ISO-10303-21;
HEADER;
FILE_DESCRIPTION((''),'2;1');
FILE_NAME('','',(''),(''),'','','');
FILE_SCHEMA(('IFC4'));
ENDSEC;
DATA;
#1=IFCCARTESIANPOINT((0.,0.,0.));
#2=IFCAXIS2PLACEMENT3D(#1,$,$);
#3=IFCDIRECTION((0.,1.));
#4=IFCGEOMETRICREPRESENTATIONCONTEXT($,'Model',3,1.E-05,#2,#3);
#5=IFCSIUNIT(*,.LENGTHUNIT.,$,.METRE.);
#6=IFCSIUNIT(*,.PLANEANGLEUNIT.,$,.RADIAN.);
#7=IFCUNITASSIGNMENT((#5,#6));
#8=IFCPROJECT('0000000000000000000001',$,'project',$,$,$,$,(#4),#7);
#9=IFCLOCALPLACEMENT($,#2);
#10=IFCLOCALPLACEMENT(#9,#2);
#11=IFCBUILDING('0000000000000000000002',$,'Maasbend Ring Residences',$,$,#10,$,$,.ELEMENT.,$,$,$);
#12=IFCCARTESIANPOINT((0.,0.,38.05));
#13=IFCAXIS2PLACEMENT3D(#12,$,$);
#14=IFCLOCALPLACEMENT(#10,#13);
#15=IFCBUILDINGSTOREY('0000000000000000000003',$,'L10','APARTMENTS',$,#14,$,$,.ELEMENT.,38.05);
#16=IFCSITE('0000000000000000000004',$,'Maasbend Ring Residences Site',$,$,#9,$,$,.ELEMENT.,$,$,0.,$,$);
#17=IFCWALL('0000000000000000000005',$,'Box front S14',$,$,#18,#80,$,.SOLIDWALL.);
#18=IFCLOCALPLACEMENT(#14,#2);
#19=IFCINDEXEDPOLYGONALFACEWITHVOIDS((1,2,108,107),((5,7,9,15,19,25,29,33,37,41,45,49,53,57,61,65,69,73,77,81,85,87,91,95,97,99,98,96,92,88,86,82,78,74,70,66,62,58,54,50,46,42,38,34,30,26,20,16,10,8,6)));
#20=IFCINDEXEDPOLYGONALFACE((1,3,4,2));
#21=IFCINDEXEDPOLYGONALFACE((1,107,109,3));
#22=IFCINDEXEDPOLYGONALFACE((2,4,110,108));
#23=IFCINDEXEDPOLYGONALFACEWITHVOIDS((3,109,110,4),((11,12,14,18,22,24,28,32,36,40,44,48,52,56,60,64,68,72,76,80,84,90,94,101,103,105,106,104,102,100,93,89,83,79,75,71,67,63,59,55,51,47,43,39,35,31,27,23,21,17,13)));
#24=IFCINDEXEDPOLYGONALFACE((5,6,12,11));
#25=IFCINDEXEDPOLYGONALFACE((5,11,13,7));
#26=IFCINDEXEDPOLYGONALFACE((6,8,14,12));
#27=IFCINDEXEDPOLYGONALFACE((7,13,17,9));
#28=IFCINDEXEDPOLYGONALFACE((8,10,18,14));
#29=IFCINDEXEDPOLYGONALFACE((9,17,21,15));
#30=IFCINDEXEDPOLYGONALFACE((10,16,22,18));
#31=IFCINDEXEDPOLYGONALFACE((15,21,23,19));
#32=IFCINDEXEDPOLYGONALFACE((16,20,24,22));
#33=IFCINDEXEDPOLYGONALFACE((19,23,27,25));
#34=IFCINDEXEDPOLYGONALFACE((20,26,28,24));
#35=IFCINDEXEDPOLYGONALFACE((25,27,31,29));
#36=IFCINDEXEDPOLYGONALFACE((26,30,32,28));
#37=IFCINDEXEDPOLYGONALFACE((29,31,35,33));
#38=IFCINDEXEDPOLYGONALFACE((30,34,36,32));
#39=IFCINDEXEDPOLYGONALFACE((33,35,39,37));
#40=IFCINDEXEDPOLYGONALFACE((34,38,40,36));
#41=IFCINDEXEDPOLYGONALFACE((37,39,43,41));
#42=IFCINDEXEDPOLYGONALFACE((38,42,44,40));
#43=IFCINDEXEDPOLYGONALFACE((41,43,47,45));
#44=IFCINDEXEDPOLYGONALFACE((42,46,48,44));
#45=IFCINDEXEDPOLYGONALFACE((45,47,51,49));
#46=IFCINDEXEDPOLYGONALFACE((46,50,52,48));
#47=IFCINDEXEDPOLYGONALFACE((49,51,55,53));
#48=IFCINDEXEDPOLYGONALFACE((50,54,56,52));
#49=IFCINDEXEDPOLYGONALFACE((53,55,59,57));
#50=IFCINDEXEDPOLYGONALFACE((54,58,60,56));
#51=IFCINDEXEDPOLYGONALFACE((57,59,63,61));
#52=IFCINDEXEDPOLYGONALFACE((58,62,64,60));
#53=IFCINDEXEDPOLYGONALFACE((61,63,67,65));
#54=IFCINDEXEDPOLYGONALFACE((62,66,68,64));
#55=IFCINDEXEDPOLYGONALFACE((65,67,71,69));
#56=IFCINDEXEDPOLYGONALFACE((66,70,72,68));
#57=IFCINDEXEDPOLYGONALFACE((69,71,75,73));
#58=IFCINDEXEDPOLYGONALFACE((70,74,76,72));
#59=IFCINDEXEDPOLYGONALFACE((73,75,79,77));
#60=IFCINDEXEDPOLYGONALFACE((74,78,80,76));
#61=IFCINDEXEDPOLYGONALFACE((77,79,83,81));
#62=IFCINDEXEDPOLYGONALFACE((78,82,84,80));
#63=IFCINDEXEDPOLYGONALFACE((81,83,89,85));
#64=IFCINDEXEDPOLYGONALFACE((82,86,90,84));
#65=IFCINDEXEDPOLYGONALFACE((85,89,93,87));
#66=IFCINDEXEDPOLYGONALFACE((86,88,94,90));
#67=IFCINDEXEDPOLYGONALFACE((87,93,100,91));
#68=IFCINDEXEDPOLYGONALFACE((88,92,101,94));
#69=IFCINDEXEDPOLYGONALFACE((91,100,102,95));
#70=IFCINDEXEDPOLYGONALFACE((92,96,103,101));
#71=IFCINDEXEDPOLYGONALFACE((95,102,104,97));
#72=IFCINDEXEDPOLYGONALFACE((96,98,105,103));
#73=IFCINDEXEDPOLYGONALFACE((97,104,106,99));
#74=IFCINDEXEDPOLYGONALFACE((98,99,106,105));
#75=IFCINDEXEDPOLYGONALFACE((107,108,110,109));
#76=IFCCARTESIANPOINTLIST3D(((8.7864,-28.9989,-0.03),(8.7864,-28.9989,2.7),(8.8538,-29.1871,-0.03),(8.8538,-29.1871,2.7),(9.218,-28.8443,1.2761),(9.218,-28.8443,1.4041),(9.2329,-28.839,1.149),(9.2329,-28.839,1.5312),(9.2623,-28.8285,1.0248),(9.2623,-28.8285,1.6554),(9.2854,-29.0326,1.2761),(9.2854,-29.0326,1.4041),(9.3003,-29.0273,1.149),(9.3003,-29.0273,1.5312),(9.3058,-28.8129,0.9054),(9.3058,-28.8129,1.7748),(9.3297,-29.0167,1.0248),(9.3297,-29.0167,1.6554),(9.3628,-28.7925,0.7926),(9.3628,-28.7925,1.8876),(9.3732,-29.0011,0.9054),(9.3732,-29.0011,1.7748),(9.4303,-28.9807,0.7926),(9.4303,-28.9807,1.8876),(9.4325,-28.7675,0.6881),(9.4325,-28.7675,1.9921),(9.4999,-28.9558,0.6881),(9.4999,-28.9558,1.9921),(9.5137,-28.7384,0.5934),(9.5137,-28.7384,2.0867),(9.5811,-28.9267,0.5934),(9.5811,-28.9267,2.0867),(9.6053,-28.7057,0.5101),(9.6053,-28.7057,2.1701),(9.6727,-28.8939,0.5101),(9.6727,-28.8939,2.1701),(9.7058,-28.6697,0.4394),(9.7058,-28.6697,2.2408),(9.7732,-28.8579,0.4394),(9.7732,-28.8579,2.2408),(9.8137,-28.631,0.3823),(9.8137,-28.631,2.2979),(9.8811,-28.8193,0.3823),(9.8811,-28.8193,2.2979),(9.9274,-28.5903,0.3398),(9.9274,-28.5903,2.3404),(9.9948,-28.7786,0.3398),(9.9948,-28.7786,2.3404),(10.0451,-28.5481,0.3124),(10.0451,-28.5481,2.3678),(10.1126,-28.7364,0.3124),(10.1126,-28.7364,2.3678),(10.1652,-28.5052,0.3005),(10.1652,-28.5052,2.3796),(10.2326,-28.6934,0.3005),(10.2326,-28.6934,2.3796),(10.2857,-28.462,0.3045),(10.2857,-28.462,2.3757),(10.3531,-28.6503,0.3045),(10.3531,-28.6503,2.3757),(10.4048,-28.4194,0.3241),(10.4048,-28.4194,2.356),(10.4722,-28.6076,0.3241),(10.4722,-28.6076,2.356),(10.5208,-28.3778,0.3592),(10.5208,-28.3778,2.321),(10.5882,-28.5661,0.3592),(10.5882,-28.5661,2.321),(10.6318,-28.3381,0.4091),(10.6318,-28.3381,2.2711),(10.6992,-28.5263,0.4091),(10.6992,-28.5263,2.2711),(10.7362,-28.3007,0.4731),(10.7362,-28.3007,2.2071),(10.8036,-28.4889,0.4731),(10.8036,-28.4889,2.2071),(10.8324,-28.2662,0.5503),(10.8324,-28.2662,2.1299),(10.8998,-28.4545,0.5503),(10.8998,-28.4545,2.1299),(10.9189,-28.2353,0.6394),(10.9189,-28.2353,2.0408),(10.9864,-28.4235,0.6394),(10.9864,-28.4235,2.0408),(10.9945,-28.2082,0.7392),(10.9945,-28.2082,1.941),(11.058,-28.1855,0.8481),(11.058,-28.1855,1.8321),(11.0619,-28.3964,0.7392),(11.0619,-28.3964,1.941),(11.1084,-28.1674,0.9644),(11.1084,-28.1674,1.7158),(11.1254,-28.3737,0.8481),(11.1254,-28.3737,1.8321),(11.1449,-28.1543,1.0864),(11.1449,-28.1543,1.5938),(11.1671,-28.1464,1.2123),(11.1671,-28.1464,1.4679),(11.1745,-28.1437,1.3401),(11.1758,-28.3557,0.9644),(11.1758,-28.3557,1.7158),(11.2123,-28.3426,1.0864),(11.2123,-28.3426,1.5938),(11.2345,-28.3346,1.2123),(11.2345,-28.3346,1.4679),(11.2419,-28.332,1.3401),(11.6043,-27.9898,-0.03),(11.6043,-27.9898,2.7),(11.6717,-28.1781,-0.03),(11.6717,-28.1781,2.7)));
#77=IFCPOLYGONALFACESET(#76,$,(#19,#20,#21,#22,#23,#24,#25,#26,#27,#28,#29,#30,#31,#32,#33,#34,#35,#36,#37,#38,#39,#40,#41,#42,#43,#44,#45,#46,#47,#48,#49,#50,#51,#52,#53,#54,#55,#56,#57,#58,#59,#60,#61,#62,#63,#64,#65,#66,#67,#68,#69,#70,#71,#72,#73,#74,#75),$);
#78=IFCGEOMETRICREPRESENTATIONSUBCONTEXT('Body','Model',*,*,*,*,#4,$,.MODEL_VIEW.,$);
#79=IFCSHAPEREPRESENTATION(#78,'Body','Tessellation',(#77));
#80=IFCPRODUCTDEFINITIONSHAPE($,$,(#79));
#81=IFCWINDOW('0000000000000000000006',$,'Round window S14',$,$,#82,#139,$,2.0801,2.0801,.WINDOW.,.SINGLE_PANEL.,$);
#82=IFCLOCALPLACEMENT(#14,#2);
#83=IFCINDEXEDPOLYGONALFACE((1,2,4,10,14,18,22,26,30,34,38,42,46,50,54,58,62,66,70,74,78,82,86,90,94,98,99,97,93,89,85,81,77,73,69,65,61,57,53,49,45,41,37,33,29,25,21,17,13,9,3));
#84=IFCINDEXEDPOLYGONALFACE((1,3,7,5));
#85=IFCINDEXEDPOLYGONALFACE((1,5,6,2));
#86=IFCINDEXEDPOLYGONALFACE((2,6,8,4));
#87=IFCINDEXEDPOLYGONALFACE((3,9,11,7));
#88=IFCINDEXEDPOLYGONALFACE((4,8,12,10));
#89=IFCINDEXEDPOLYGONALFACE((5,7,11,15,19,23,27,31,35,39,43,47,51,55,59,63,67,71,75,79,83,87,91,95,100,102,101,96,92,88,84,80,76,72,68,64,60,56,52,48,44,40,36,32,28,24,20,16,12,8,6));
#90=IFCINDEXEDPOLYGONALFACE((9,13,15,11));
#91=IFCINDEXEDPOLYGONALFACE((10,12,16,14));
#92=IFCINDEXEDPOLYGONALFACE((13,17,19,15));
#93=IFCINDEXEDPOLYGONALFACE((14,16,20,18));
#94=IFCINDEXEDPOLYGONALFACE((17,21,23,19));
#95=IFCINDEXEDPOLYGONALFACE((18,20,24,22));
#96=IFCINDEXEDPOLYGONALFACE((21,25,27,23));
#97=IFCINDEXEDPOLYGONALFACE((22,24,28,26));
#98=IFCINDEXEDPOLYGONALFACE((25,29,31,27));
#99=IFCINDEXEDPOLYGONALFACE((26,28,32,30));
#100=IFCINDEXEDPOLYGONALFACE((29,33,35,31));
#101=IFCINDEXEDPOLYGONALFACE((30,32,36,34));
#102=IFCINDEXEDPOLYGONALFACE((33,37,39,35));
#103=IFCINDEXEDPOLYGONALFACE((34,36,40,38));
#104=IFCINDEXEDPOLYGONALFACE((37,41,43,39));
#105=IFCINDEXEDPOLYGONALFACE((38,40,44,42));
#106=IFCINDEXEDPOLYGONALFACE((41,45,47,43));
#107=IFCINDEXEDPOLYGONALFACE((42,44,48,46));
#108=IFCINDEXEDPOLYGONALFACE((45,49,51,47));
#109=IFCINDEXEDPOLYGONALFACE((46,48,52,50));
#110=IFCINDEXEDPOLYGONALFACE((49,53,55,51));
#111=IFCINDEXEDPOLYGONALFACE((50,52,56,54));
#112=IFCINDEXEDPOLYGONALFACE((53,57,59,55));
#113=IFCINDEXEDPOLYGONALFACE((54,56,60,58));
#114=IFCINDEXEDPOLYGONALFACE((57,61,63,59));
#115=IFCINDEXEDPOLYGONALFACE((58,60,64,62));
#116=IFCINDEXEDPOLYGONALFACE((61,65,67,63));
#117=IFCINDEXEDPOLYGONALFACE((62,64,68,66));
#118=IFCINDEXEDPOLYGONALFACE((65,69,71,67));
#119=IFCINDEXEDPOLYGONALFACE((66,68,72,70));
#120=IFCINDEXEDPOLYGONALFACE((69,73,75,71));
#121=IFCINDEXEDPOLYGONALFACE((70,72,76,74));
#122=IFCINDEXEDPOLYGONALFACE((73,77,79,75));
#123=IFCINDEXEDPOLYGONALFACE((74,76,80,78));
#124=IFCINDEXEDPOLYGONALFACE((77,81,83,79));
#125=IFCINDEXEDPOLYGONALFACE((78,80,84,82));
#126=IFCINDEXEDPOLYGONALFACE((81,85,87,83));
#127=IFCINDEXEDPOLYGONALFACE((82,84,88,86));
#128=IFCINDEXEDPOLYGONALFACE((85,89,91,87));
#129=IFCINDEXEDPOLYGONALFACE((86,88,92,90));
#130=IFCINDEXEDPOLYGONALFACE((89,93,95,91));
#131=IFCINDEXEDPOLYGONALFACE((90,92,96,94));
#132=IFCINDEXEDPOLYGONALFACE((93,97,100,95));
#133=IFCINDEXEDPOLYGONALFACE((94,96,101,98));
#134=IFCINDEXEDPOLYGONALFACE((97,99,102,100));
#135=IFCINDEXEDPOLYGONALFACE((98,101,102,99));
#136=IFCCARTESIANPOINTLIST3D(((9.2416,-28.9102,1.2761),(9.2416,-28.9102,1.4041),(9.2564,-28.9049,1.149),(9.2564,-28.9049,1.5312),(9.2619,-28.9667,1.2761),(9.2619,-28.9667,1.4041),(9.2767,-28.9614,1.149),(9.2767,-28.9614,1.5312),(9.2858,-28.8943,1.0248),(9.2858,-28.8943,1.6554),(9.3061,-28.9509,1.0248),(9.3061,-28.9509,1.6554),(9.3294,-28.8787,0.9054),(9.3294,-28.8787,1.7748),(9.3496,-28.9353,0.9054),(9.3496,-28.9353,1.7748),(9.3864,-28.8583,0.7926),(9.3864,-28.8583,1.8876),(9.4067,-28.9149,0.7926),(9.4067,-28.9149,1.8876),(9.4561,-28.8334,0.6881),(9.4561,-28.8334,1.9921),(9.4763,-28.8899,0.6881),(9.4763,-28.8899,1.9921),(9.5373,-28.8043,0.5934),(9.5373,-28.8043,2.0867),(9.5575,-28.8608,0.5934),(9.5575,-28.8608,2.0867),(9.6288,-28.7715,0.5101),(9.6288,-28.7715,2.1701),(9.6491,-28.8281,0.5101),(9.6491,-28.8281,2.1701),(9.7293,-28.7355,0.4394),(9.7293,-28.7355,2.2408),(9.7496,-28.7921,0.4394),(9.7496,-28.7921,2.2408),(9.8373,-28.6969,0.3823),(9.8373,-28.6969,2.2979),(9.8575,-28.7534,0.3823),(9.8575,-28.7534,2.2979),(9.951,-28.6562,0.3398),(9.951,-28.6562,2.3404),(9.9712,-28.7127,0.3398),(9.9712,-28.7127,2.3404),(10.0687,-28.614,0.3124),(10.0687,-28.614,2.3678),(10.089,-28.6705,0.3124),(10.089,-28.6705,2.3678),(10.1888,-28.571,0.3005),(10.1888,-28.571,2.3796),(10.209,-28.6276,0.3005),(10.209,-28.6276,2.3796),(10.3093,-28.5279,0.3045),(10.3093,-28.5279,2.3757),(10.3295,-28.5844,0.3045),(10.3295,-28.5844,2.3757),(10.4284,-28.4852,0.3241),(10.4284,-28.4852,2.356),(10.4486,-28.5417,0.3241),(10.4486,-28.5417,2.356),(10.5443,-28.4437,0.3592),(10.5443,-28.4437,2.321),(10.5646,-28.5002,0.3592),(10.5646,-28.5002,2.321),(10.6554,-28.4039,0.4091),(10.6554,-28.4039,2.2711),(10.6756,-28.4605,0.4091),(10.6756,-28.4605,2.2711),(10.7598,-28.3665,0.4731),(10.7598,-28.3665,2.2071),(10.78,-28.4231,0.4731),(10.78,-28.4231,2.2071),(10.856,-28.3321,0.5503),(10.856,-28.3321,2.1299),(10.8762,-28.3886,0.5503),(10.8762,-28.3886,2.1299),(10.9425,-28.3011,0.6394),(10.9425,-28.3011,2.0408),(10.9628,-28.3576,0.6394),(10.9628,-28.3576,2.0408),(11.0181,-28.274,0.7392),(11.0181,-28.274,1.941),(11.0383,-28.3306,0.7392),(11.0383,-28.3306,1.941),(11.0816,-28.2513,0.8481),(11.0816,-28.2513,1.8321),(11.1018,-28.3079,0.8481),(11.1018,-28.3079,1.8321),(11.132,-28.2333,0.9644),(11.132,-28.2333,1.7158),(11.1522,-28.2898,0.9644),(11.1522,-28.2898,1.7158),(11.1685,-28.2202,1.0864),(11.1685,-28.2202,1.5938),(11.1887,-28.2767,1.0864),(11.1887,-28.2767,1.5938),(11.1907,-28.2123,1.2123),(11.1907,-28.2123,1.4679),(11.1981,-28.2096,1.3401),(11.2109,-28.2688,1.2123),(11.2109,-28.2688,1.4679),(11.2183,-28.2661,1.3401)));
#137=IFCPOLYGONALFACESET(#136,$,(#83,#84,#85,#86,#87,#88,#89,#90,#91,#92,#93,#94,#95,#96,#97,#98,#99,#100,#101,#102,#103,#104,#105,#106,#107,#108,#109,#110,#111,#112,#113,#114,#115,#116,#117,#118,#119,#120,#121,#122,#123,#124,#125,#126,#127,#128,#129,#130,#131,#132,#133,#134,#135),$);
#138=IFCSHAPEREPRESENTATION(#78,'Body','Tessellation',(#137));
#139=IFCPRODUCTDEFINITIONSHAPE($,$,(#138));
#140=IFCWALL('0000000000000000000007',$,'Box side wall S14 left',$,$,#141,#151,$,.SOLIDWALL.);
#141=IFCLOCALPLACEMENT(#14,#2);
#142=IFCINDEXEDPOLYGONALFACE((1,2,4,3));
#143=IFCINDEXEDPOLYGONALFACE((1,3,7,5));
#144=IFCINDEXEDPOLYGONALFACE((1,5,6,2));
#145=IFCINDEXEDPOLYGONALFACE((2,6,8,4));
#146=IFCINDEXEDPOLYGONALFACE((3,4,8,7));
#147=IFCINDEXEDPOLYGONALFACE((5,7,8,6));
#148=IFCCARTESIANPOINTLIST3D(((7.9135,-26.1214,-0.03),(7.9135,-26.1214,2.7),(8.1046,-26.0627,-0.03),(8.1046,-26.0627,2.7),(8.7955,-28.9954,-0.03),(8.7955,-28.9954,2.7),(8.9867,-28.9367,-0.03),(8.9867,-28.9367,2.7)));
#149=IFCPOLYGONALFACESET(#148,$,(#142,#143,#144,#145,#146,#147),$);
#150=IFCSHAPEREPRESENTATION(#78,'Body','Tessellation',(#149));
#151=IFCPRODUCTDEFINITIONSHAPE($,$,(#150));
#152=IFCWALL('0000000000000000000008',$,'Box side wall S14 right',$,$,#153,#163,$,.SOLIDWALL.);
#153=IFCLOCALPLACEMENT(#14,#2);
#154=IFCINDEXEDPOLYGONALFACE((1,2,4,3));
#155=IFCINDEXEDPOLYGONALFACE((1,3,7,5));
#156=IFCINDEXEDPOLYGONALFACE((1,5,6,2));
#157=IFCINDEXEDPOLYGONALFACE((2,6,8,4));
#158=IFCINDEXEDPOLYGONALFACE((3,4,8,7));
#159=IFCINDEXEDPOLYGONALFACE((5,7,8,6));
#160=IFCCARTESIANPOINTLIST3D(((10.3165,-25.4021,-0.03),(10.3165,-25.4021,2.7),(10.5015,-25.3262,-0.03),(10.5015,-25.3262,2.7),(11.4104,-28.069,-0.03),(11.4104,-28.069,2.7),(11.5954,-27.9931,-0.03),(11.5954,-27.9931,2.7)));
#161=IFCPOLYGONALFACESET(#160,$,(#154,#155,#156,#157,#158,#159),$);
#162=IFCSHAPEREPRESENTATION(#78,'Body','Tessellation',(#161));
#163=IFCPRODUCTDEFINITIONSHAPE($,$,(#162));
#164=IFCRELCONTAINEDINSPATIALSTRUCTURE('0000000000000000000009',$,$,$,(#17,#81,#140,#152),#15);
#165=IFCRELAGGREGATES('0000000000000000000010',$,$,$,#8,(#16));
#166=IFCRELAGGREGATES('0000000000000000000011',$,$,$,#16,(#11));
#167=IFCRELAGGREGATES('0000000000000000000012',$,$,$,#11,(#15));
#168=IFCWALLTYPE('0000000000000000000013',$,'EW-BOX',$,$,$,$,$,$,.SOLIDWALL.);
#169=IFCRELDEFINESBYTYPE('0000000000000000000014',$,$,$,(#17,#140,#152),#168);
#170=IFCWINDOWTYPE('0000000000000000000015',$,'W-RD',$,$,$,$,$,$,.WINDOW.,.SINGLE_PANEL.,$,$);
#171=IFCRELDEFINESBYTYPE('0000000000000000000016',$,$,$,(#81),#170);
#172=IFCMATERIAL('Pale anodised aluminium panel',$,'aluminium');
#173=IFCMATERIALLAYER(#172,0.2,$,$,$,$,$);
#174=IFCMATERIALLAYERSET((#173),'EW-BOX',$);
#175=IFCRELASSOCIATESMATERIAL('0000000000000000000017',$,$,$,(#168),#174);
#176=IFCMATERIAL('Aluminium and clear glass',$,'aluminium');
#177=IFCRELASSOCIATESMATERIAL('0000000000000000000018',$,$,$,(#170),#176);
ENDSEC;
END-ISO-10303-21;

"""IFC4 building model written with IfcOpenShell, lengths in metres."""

from ifc_helpers import new_model, si_unit, direction, frame, frame_2d, origin, place, context, subcontext, project, spatial, rectangle, circle, extrude, material, layer, layer_set, type_object, element, fill, save


model = new_model("IFC4")

# Units and contexts
model_context = context("Model", 3, precision=1e-05, world=origin(), true_north=direction((0.0, 1.0)))
body_context = subcontext(model_context, "Body", "Model", "MODEL_VIEW")
ifc_project = project(units=[si_unit("LENGTHUNIT", "METRE"), si_unit("PLANEANGLEUNIT", "RADIAN")], contexts=[model_context])

# Site, building, storey
site_placement = place(None, origin())
site = spatial("IfcSite", under=ifc_project, at=site_placement, Name="Maasbend Ring Residences Site", CompositionType="ELEMENT", RefElevation=0.0)
building_placement = place(site_placement, origin())
building = spatial("IfcBuilding", under=site, at=building_placement, Name="Maasbend Ring Residences", CompositionType="ELEMENT")
storey_placement = place(building_placement, frame((0.0, 0.0, 38.05)))
storey = spatial("IfcBuildingStorey", under=building, at=storey_placement, Name="L10", Description="APARTMENTS", CompositionType="ELEMENT", Elevation=38.05)

# Shared definitions
ifc_material_1 = material(Name="Pale anodised aluminium panel", Category="aluminium")
ifc_layer_1 = layer(ifc_material_1, 0.2)
ifc_layer_set_1 = layer_set([ifc_layer_1], Name="EW-BOX")
wall_type_1 = type_object("IfcWallType", Name="EW-BOX", PredefinedType="SOLIDWALL", material=ifc_layer_set_1)
ifc_material_2 = material(Name="Aluminium and clear glass", Category="aluminium")
window_type_1 = type_object("IfcWindowType", Name="W-RD", PartitioningType="SINGLE_PANEL", PredefinedType="WINDOW", material=ifc_material_2)

# Wall, opening, window
wall_1_placement = place(storey_placement, frame((8.8201, -29.093, -0.03), z_axis=(0.0, 0.0, 1.0), x_axis=(0.941461, 0.337122, 0.0)))
wall_1 = element("IfcWall", 1, at=wall_1_placement, inside=storey, type_object=wall_type_1, Name="Box front S14", PredefinedType="SOLIDWALL", context=body_context, shape_type="SweptSolid", body=[
    extrude(rectangle(XDim=2.9932, YDim=0.2, at=frame_2d((1.4966, 0.0))), origin(), (0.0, 0.0, 1.0), 2.73),
])
opening_1_placement = place(wall_1_placement, frame((0.4565, 0.0, 0.3301)))
opening_1 = element("IfcOpeningElement", 2, at=opening_1_placement, cuts=wall_1, PredefinedType="OPENING", context=body_context, shape_type="SweptSolid", body=[
    extrude(circle(Radius=1.04, at=frame_2d((1.04, 1.04))), frame((0.0, 0.1099, 0.0), z_axis=(0.0, -1.0, 0.0), x_axis=(1.0, 0.0, 0.0)), (0.0, 0.0, 1.0), 0.22),
])
window_1_placement = place(opening_1_placement, origin())
window_1 = element("IfcWindow", 3, at=window_1_placement, inside=storey, type_object=window_type_1, Name="Round window S14", OverallHeight=2.0801, OverallWidth=2.0801, PartitioningType="SINGLE_PANEL", PredefinedType="WINDOW", context=body_context, shape_type="SweptSolid", body=[
    extrude(circle(Radius=1.04, at=frame_2d((1.04, 1.04))), frame((0.0, 0.03, 0.0), z_axis=(0.0, -1.0, 0.0), x_axis=(1.0, 0.0, 0.0)), (0.0, 0.0, 1.0), 0.0601),
])
fill(opening_1, window_1)

# Walls
wall_2_placement = place(storey_placement, frame((8.009, -26.092, -0.03), z_axis=(0.0, 0.0, 1.0), x_axis=(0.293407, -0.955988, 0.0)))
element("IfcWall", 4, at=wall_2_placement, inside=storey, type_object=wall_type_1, Name="Box side wall S14 left", PredefinedType="SOLIDWALL", context=body_context, shape_type="SweptSolid", body=[
    extrude(rectangle(XDim=3.0063, YDim=0.2, at=frame_2d((1.5032, 0.0))), origin(), (0.0, 0.0, 1.0), 2.73),
])
wall_3_placement = place(storey_placement, frame((10.4089, -25.364, -0.03), z_axis=(0.0, 0.0, 1.0), x_axis=(0.37951, -0.925188, 0.0)))
element("IfcWall", 5, at=wall_3_placement, inside=storey, type_object=wall_type_1, Name="Box side wall S14 right", PredefinedType="SOLIDWALL", context=body_context, shape_type="SweptSolid", body=[
    extrude(rectangle(XDim=2.8826, YDim=0.2, at=frame_2d((1.4414, 0.0))), origin(), (0.0, 0.0, 1.0), 2.73),
])

save(model, "model.ifc")
